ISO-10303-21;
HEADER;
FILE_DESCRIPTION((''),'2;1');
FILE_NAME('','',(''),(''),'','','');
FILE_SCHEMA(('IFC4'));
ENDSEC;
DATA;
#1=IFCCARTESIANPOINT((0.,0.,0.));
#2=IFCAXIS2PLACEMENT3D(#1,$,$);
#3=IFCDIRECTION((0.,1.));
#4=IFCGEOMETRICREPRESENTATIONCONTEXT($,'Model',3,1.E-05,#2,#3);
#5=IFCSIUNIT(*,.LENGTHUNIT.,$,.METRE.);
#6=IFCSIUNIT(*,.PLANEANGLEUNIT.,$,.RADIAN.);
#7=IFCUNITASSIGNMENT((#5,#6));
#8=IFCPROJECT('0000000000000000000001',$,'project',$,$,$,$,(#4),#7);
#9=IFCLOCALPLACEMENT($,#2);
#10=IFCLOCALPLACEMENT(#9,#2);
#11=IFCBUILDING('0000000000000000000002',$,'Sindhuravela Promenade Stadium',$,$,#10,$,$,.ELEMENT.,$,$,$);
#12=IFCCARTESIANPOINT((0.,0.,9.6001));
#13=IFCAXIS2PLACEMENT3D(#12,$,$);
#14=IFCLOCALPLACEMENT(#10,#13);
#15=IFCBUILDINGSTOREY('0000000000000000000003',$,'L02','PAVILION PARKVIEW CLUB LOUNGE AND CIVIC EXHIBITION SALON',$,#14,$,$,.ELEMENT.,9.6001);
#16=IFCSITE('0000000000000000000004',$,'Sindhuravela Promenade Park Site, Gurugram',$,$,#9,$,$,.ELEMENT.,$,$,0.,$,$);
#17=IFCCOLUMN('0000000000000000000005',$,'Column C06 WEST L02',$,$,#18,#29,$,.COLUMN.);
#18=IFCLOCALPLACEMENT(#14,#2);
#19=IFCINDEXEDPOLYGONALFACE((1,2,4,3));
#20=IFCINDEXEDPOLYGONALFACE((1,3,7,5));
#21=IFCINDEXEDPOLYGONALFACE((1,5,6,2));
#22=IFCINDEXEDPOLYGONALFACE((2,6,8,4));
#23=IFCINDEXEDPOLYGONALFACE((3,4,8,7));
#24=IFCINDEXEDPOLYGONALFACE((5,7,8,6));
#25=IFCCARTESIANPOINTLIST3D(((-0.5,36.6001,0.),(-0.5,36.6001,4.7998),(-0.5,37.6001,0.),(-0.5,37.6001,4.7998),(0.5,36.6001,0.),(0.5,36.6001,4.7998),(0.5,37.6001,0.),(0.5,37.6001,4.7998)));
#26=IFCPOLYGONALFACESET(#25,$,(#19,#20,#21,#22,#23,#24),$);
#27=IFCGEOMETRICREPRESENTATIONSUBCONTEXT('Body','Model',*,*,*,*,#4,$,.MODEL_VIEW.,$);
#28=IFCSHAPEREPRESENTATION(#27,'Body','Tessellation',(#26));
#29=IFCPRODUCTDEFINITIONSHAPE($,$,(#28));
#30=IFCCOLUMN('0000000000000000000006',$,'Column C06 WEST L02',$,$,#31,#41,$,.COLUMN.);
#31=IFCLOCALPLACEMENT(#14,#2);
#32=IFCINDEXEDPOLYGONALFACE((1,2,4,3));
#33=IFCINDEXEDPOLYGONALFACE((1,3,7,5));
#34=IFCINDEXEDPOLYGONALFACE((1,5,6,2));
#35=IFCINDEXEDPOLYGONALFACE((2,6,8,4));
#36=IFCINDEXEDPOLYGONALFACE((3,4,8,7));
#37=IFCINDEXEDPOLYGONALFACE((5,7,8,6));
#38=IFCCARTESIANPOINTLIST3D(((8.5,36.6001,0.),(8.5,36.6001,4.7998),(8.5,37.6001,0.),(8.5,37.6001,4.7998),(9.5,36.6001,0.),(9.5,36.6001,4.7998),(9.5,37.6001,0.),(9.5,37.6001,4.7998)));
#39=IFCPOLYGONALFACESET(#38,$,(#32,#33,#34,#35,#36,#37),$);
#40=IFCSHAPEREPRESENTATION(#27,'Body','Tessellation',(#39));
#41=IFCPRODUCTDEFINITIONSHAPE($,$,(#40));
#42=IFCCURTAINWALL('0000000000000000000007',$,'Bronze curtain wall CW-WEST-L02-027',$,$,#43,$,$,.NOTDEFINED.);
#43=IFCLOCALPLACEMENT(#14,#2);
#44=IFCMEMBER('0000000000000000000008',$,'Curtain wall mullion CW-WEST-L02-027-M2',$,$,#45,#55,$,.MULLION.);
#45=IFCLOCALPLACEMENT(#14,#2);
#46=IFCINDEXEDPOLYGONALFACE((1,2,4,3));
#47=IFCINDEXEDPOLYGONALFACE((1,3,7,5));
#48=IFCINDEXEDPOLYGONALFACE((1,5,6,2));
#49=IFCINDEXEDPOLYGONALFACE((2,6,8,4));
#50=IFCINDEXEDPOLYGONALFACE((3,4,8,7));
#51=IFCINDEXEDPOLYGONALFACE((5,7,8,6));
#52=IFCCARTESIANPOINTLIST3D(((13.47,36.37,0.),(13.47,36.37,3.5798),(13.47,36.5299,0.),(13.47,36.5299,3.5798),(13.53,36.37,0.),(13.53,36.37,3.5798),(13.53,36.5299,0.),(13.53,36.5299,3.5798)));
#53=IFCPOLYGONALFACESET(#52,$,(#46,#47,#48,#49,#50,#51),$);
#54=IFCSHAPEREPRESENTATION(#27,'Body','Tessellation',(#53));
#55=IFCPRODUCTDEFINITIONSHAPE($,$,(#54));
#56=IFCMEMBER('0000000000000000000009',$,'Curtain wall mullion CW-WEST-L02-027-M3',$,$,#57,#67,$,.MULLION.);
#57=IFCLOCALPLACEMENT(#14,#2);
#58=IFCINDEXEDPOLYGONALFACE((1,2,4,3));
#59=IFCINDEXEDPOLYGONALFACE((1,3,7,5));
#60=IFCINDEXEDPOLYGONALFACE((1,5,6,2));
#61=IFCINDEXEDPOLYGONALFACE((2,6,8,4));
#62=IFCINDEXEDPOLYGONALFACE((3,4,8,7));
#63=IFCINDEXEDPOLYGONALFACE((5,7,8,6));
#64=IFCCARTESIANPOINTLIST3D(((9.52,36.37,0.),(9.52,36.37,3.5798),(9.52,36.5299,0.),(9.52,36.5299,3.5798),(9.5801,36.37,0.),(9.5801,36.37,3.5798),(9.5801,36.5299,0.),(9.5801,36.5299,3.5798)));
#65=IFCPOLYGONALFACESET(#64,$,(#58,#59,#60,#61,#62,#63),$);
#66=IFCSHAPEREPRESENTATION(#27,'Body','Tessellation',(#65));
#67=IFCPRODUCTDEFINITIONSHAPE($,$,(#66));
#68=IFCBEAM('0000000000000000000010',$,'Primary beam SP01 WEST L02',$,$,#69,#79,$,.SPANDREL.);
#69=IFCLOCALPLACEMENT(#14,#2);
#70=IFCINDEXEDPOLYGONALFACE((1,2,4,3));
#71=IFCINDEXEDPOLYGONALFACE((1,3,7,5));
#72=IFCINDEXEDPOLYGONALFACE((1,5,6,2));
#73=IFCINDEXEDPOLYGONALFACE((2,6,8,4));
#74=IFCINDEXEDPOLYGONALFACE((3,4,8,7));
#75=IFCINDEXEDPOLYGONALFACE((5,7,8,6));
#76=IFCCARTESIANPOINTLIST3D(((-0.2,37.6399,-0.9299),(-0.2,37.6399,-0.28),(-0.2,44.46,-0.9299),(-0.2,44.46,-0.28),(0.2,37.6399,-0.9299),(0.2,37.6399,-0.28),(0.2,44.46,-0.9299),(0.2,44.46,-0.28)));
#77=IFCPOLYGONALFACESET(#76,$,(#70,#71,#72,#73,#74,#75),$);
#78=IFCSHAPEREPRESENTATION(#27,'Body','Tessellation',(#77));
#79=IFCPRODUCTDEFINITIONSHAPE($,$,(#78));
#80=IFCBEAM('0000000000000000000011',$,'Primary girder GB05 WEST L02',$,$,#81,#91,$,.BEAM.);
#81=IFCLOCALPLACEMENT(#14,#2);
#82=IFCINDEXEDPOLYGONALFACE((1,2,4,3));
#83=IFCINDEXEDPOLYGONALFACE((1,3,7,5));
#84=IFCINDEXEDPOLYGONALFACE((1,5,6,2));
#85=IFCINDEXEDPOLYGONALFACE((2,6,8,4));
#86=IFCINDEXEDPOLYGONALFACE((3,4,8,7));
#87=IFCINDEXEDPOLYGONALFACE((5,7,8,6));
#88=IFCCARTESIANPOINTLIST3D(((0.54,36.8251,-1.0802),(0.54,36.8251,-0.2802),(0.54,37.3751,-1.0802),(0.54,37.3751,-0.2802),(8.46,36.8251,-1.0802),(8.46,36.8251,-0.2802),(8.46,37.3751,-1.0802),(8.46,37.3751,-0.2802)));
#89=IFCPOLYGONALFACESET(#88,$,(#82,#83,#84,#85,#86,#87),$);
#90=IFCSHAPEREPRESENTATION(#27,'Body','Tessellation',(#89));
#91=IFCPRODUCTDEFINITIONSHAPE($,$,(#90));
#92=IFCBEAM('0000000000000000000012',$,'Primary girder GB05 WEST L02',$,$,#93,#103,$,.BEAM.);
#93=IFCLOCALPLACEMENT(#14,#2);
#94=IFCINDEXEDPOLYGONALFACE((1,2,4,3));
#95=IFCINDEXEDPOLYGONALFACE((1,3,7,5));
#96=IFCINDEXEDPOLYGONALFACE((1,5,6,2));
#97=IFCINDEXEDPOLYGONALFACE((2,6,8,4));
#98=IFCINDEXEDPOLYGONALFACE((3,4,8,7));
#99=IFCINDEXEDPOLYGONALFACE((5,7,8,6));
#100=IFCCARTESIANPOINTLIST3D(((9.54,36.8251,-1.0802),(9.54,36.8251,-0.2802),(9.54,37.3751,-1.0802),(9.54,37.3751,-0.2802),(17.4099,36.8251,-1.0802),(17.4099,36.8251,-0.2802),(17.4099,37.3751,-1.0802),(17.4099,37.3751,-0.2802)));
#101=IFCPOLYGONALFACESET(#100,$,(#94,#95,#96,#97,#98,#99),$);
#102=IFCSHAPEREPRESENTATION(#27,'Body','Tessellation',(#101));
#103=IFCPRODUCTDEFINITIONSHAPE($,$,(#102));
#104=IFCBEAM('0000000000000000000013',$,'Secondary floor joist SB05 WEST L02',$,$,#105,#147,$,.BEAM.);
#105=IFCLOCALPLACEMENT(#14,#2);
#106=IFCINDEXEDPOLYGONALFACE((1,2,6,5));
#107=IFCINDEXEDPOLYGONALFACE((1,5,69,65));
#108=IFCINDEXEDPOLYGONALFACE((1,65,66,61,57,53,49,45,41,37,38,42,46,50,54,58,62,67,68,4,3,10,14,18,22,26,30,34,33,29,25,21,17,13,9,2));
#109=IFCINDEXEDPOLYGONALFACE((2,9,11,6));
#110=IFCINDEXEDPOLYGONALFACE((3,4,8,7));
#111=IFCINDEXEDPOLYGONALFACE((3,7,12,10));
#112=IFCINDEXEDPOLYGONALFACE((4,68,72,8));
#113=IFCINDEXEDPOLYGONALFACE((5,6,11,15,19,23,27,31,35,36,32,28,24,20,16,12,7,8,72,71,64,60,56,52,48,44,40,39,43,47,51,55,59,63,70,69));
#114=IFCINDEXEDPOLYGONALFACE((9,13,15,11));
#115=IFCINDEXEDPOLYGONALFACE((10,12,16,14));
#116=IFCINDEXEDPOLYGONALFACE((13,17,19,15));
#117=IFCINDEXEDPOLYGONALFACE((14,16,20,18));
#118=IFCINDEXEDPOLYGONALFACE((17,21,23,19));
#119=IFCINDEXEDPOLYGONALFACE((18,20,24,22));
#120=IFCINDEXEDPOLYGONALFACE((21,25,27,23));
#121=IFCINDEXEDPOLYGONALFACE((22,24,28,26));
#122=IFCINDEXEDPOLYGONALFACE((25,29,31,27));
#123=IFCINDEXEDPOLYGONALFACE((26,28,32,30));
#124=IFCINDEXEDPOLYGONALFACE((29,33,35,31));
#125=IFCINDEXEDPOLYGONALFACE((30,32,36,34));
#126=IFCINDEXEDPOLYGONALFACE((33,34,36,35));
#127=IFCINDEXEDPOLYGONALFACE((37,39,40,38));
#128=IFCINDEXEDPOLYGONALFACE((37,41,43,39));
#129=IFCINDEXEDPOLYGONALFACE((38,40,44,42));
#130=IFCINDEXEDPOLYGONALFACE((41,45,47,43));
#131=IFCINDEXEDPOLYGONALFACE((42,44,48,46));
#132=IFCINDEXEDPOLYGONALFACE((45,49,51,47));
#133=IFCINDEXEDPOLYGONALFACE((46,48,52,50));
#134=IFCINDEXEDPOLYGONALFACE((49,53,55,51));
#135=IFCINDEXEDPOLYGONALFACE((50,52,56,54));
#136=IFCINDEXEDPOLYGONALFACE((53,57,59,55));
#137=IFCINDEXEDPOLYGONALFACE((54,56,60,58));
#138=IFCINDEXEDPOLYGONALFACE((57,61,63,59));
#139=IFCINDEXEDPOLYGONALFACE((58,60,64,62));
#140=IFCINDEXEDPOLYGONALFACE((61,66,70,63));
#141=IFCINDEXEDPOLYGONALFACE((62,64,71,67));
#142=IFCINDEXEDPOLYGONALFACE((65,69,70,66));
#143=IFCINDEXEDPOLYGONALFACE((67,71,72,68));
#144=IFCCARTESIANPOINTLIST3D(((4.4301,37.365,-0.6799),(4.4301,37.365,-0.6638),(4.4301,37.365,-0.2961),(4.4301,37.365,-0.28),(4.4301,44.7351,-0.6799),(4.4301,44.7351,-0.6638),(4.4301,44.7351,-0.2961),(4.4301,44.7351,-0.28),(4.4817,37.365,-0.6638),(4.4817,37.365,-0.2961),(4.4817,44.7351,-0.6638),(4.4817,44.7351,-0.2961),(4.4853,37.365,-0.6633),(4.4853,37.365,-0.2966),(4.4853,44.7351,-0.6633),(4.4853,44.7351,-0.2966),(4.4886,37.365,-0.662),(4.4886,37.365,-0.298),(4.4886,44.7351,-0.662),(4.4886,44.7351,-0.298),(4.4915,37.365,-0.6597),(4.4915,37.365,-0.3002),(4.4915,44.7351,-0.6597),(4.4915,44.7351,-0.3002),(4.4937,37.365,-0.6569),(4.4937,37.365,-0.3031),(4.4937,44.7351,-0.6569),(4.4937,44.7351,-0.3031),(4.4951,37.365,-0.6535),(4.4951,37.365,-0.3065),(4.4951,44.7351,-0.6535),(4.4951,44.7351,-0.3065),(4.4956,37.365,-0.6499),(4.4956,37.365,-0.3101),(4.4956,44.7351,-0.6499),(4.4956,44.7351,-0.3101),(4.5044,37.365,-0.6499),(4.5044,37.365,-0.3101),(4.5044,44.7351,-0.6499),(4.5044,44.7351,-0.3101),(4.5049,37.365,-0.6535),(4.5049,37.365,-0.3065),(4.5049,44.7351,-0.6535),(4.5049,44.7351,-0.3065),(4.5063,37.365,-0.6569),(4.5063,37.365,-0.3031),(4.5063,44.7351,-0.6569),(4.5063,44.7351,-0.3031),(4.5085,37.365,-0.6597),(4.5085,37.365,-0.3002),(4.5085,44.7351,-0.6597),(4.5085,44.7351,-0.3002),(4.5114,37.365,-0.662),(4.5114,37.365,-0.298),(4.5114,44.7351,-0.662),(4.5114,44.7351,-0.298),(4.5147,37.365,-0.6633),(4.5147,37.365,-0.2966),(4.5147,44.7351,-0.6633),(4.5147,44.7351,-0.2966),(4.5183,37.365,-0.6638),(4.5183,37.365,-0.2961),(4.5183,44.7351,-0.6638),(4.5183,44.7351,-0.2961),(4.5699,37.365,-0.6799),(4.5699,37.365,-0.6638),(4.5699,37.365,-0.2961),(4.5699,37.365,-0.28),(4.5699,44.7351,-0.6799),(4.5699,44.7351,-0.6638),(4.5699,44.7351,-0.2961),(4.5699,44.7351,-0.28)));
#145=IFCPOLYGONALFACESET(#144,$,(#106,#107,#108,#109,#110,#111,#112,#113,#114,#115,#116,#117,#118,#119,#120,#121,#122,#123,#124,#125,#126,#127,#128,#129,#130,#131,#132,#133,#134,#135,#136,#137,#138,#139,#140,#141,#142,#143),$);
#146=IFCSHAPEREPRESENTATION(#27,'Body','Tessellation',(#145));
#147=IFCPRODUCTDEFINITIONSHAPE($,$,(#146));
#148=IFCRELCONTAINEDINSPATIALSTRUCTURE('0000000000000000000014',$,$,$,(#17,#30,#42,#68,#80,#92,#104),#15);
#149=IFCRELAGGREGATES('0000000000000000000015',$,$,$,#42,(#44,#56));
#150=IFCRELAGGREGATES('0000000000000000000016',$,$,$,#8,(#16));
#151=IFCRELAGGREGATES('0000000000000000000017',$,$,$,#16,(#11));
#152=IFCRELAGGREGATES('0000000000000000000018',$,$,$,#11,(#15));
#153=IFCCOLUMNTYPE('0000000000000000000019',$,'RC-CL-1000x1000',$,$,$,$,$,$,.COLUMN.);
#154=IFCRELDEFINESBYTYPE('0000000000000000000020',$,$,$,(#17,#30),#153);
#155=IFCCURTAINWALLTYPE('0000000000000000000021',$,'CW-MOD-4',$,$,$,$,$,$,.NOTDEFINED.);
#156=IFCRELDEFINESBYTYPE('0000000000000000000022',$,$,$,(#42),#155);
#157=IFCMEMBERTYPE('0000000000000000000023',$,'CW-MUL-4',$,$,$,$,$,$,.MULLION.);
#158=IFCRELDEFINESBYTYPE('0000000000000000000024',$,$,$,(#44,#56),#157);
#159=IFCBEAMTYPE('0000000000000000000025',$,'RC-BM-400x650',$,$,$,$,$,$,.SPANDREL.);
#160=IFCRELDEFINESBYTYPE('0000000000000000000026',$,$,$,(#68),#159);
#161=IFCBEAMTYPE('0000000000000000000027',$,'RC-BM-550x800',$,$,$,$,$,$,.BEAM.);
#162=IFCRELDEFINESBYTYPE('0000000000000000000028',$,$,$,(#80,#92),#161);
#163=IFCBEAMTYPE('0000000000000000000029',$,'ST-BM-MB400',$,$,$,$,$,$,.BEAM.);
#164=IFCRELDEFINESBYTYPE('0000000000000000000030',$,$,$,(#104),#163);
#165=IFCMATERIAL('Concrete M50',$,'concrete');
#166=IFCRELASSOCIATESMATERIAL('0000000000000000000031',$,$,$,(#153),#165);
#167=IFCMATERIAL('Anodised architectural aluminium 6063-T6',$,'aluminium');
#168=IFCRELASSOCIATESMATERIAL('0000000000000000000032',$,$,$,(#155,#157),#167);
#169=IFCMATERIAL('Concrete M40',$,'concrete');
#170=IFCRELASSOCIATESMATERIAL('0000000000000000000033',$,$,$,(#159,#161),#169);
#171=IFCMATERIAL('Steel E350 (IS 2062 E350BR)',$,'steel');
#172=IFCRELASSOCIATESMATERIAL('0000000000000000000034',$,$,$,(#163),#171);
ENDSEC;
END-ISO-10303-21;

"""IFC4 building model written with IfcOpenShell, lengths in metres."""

from ifc_helpers import new_model, si_unit, direction, frame, origin, origin_2d, place, context, subcontext, project, spatial, rectangle, i_section, extrude, material, material_profile, profile_set, type_object, element, aggregate, save


model = new_model("IFC4")

# Units and contexts
model_context = context("Model", 3, precision=1e-05, world=origin(), true_north=direction((0.0, 1.0)))
body_context = subcontext(model_context, "Body", "Model", "MODEL_VIEW")
ifc_project = project(units=[si_unit("LENGTHUNIT", "METRE"), si_unit("PLANEANGLEUNIT", "RADIAN")], contexts=[model_context])

# Site, building, storey
site_placement = place(None, origin())
site = spatial("IfcSite", under=ifc_project, at=site_placement, Name="Sindhuravela Promenade Park Site, Gurugram", CompositionType="ELEMENT", RefElevation=0.0)
building_placement = place(site_placement, origin())
building = spatial("IfcBuilding", under=site, at=building_placement, Name="Sindhuravela Promenade Stadium", CompositionType="ELEMENT")
storey_placement = place(building_placement, frame((0.0, 0.0, 9.6001)))
storey = spatial("IfcBuildingStorey", under=building, at=storey_placement, Name="L02", Description="PAVILION PARKVIEW CLUB LOUNGE AND CIVIC EXHIBITION SALON", CompositionType="ELEMENT", Elevation=9.6001)

# Columns
ifc_material_1 = material(Name="Concrete M50", Category="concrete")
ifc_material_profile_1 = material_profile(ifc_material_1, rectangle(XDim=1.0, YDim=1.0, at=origin_2d()), Name="RC 1000x1000")
ifc_profile_set_1 = profile_set([ifc_material_profile_1], Name="Concrete M50")
column_type = type_object("IfcColumnType", Name="RC-CL-1000x1000", PredefinedType="COLUMN", material=ifc_profile_set_1)
for number, where, z_axis, x_axis, name in (
    (1, (0.0, 37.1001, 0.0), (0.0, 0.0, 1.0), (1.0, 0.0, 0.0), "Column C06 WEST L02"),
    (2, (9.0, 37.1001, 0.0), (0.0, 0.0, 1.0), (1.0, 0.0, 0.0), "Column C06 WEST L02"),
):
    element("IfcColumn", number, at=place(storey_placement, frame(where, z_axis=z_axis, x_axis=x_axis)), inside=storey, type_object=column_type, Name=name, PredefinedType="COLUMN", context=body_context, shape_type="SweptSolid", body=[
        extrude(rectangle(XDim=1.0, YDim=1.0, at=origin_2d()), origin(), (0.0, 0.0, 1.0), 4.7998),
    ])

# Curtain wall, members
ifc_material_2 = material(Name="Anodised architectural aluminium 6063-T6", Category="aluminium")
curtain_wall_type = type_object("IfcCurtainWallType", Name="CW-MOD-4", PredefinedType="NOTDEFINED", material=ifc_material_2)
curtain_wall_placement = place(storey_placement, origin())
curtain_wall = element("IfcCurtainWall", 3, at=curtain_wall_placement, inside=storey, type_object=curtain_wall_type, Name="Bronze curtain wall CW-WEST-L02-027", PredefinedType="NOTDEFINED")
ifc_material_profile_2 = material_profile(ifc_material_2, rectangle(XDim=0.0601, YDim=0.1599, at=origin_2d()), Name="ALU M60x160")
ifc_profile_set_2 = profile_set([ifc_material_profile_2], Name="Anodised architectural aluminium 6063-T6")
member_type_1 = type_object("IfcMemberType", Name="CW-MUL-4", PredefinedType="MULLION", material=ifc_profile_set_2)
member_1_placement = place(storey_placement, frame((13.5, 36.45, 0.0), z_axis=(0.0, 0.0, 1.0), x_axis=(1.0, 0.0, 0.0)))
member_1 = element("IfcMember", 4, at=member_1_placement, type_object=member_type_1, Name="Curtain wall mullion CW-WEST-L02-027-M2", PredefinedType="MULLION", context=body_context, shape_type="SweptSolid", body=[
    extrude(rectangle(XDim=0.0601, YDim=0.1599, at=origin_2d()), origin(), (0.0, 0.0, 1.0), 3.5798),
])
member_2_placement = place(storey_placement, frame((9.55, 36.45, 0.0), z_axis=(0.0, 0.0, 1.0), x_axis=(1.0, 0.0, 0.0)))
member_2 = element("IfcMember", 5, at=member_2_placement, type_object=member_type_1, Name="Curtain wall mullion CW-WEST-L02-027-M3", PredefinedType="MULLION", context=body_context, shape_type="SweptSolid", body=[
    extrude(rectangle(XDim=0.0601, YDim=0.1599, at=origin_2d()), origin(), (0.0, 0.0, 1.0), 3.5798),
])

# Beams
ifc_material_3 = material(Name="Concrete M40", Category="concrete")
ifc_material_profile_3 = material_profile(ifc_material_3, rectangle(XDim=0.3999, YDim=0.6499, at=origin_2d()), Name="RC 400x650")
ifc_profile_set_3 = profile_set([ifc_material_profile_3], Name="Concrete M40")
beam_type_1 = type_object("IfcBeamType", Name="RC-BM-400x650", PredefinedType="SPANDREL", material=ifc_profile_set_3)
beam_1_placement = place(storey_placement, frame((0.0, 37.6399, -0.605), z_axis=(0.0, 1.0, 0.0), x_axis=(-1.0, 0.0, 0.0)))
element("IfcBeam", 6, at=beam_1_placement, inside=storey, type_object=beam_type_1, Name="Primary beam SP01 WEST L02", PredefinedType="SPANDREL", context=body_context, shape_type="SweptSolid", body=[
    extrude(rectangle(XDim=0.3999, YDim=0.6499, at=origin_2d()), origin(), (0.0, 0.0, 1.0), 6.8201),
])
ifc_material_profile_4 = material_profile(ifc_material_3, rectangle(XDim=0.55, YDim=0.8, at=origin_2d()), Name="RC 550x800")
ifc_profile_set_4 = profile_set([ifc_material_profile_4], Name="Concrete M40")
beam_type_2 = type_object("IfcBeamType", Name="RC-BM-550x800", PredefinedType="BEAM", material=ifc_profile_set_4)
beam_2_placement = place(storey_placement, frame((0.54, 37.1001, -0.6802), z_axis=(1.0, 0.0, 0.0), x_axis=(0.0, 1.0, 0.0)))
element("IfcBeam", 7, at=beam_2_placement, inside=storey, type_object=beam_type_2, Name="Primary girder GB05 WEST L02", PredefinedType="BEAM", context=body_context, shape_type="SweptSolid", body=[
    extrude(rectangle(XDim=0.55, YDim=0.8, at=origin_2d()), origin(), (0.0, 0.0, 1.0), 7.9199),
])
beam_3_placement = place(storey_placement, frame((9.54, 37.1001, -0.6802), z_axis=(1.0, 0.0, 0.0), x_axis=(0.0, 1.0, 0.0)))
element("IfcBeam", 8, at=beam_3_placement, inside=storey, type_object=beam_type_2, Name="Primary girder GB05 WEST L02", PredefinedType="BEAM", context=body_context, shape_type="SweptSolid", body=[
    extrude(rectangle(XDim=0.55, YDim=0.8, at=origin_2d()), origin(), (0.0, 0.0, 1.0), 7.8699),
])
ifc_material_4 = material(Name="Steel E350 (IS 2062 E350BR)", Category="steel")
ifc_material_profile_5 = material_profile(ifc_material_4, i_section(OverallWidth=0.1399, OverallDepth=0.3999, WebThickness=0.0088, FlangeThickness=0.0161, FilletRadius=0.0139, at=origin_2d()), Name="ISMB 400")
ifc_profile_set_5 = profile_set([ifc_material_profile_5], Name="Steel E350 (IS 2062 E350BR)")
beam_type_3 = type_object("IfcBeamType", Name="ST-BM-MB400", PredefinedType="BEAM", material=ifc_profile_set_5)
beam_4_placement = place(storey_placement, frame((4.5, 37.365, -0.48), z_axis=(0.0, 1.0, 0.0), x_axis=(-1.0, 0.0, 0.0)))
element("IfcBeam", 9, at=beam_4_placement, inside=storey, type_object=beam_type_3, Name="Secondary floor joist SB05 WEST L02", PredefinedType="BEAM", context=body_context, shape_type="SweptSolid", body=[
    extrude(i_section(OverallWidth=0.1399, OverallDepth=0.3999, WebThickness=0.0088, FlangeThickness=0.0161, FilletRadius=0.0139, at=origin_2d()), origin(), (0.0, 0.0, 1.0), 7.3701),
])

aggregate(curtain_wall, [member_1, member_2])

save(model, "model.ifc")
